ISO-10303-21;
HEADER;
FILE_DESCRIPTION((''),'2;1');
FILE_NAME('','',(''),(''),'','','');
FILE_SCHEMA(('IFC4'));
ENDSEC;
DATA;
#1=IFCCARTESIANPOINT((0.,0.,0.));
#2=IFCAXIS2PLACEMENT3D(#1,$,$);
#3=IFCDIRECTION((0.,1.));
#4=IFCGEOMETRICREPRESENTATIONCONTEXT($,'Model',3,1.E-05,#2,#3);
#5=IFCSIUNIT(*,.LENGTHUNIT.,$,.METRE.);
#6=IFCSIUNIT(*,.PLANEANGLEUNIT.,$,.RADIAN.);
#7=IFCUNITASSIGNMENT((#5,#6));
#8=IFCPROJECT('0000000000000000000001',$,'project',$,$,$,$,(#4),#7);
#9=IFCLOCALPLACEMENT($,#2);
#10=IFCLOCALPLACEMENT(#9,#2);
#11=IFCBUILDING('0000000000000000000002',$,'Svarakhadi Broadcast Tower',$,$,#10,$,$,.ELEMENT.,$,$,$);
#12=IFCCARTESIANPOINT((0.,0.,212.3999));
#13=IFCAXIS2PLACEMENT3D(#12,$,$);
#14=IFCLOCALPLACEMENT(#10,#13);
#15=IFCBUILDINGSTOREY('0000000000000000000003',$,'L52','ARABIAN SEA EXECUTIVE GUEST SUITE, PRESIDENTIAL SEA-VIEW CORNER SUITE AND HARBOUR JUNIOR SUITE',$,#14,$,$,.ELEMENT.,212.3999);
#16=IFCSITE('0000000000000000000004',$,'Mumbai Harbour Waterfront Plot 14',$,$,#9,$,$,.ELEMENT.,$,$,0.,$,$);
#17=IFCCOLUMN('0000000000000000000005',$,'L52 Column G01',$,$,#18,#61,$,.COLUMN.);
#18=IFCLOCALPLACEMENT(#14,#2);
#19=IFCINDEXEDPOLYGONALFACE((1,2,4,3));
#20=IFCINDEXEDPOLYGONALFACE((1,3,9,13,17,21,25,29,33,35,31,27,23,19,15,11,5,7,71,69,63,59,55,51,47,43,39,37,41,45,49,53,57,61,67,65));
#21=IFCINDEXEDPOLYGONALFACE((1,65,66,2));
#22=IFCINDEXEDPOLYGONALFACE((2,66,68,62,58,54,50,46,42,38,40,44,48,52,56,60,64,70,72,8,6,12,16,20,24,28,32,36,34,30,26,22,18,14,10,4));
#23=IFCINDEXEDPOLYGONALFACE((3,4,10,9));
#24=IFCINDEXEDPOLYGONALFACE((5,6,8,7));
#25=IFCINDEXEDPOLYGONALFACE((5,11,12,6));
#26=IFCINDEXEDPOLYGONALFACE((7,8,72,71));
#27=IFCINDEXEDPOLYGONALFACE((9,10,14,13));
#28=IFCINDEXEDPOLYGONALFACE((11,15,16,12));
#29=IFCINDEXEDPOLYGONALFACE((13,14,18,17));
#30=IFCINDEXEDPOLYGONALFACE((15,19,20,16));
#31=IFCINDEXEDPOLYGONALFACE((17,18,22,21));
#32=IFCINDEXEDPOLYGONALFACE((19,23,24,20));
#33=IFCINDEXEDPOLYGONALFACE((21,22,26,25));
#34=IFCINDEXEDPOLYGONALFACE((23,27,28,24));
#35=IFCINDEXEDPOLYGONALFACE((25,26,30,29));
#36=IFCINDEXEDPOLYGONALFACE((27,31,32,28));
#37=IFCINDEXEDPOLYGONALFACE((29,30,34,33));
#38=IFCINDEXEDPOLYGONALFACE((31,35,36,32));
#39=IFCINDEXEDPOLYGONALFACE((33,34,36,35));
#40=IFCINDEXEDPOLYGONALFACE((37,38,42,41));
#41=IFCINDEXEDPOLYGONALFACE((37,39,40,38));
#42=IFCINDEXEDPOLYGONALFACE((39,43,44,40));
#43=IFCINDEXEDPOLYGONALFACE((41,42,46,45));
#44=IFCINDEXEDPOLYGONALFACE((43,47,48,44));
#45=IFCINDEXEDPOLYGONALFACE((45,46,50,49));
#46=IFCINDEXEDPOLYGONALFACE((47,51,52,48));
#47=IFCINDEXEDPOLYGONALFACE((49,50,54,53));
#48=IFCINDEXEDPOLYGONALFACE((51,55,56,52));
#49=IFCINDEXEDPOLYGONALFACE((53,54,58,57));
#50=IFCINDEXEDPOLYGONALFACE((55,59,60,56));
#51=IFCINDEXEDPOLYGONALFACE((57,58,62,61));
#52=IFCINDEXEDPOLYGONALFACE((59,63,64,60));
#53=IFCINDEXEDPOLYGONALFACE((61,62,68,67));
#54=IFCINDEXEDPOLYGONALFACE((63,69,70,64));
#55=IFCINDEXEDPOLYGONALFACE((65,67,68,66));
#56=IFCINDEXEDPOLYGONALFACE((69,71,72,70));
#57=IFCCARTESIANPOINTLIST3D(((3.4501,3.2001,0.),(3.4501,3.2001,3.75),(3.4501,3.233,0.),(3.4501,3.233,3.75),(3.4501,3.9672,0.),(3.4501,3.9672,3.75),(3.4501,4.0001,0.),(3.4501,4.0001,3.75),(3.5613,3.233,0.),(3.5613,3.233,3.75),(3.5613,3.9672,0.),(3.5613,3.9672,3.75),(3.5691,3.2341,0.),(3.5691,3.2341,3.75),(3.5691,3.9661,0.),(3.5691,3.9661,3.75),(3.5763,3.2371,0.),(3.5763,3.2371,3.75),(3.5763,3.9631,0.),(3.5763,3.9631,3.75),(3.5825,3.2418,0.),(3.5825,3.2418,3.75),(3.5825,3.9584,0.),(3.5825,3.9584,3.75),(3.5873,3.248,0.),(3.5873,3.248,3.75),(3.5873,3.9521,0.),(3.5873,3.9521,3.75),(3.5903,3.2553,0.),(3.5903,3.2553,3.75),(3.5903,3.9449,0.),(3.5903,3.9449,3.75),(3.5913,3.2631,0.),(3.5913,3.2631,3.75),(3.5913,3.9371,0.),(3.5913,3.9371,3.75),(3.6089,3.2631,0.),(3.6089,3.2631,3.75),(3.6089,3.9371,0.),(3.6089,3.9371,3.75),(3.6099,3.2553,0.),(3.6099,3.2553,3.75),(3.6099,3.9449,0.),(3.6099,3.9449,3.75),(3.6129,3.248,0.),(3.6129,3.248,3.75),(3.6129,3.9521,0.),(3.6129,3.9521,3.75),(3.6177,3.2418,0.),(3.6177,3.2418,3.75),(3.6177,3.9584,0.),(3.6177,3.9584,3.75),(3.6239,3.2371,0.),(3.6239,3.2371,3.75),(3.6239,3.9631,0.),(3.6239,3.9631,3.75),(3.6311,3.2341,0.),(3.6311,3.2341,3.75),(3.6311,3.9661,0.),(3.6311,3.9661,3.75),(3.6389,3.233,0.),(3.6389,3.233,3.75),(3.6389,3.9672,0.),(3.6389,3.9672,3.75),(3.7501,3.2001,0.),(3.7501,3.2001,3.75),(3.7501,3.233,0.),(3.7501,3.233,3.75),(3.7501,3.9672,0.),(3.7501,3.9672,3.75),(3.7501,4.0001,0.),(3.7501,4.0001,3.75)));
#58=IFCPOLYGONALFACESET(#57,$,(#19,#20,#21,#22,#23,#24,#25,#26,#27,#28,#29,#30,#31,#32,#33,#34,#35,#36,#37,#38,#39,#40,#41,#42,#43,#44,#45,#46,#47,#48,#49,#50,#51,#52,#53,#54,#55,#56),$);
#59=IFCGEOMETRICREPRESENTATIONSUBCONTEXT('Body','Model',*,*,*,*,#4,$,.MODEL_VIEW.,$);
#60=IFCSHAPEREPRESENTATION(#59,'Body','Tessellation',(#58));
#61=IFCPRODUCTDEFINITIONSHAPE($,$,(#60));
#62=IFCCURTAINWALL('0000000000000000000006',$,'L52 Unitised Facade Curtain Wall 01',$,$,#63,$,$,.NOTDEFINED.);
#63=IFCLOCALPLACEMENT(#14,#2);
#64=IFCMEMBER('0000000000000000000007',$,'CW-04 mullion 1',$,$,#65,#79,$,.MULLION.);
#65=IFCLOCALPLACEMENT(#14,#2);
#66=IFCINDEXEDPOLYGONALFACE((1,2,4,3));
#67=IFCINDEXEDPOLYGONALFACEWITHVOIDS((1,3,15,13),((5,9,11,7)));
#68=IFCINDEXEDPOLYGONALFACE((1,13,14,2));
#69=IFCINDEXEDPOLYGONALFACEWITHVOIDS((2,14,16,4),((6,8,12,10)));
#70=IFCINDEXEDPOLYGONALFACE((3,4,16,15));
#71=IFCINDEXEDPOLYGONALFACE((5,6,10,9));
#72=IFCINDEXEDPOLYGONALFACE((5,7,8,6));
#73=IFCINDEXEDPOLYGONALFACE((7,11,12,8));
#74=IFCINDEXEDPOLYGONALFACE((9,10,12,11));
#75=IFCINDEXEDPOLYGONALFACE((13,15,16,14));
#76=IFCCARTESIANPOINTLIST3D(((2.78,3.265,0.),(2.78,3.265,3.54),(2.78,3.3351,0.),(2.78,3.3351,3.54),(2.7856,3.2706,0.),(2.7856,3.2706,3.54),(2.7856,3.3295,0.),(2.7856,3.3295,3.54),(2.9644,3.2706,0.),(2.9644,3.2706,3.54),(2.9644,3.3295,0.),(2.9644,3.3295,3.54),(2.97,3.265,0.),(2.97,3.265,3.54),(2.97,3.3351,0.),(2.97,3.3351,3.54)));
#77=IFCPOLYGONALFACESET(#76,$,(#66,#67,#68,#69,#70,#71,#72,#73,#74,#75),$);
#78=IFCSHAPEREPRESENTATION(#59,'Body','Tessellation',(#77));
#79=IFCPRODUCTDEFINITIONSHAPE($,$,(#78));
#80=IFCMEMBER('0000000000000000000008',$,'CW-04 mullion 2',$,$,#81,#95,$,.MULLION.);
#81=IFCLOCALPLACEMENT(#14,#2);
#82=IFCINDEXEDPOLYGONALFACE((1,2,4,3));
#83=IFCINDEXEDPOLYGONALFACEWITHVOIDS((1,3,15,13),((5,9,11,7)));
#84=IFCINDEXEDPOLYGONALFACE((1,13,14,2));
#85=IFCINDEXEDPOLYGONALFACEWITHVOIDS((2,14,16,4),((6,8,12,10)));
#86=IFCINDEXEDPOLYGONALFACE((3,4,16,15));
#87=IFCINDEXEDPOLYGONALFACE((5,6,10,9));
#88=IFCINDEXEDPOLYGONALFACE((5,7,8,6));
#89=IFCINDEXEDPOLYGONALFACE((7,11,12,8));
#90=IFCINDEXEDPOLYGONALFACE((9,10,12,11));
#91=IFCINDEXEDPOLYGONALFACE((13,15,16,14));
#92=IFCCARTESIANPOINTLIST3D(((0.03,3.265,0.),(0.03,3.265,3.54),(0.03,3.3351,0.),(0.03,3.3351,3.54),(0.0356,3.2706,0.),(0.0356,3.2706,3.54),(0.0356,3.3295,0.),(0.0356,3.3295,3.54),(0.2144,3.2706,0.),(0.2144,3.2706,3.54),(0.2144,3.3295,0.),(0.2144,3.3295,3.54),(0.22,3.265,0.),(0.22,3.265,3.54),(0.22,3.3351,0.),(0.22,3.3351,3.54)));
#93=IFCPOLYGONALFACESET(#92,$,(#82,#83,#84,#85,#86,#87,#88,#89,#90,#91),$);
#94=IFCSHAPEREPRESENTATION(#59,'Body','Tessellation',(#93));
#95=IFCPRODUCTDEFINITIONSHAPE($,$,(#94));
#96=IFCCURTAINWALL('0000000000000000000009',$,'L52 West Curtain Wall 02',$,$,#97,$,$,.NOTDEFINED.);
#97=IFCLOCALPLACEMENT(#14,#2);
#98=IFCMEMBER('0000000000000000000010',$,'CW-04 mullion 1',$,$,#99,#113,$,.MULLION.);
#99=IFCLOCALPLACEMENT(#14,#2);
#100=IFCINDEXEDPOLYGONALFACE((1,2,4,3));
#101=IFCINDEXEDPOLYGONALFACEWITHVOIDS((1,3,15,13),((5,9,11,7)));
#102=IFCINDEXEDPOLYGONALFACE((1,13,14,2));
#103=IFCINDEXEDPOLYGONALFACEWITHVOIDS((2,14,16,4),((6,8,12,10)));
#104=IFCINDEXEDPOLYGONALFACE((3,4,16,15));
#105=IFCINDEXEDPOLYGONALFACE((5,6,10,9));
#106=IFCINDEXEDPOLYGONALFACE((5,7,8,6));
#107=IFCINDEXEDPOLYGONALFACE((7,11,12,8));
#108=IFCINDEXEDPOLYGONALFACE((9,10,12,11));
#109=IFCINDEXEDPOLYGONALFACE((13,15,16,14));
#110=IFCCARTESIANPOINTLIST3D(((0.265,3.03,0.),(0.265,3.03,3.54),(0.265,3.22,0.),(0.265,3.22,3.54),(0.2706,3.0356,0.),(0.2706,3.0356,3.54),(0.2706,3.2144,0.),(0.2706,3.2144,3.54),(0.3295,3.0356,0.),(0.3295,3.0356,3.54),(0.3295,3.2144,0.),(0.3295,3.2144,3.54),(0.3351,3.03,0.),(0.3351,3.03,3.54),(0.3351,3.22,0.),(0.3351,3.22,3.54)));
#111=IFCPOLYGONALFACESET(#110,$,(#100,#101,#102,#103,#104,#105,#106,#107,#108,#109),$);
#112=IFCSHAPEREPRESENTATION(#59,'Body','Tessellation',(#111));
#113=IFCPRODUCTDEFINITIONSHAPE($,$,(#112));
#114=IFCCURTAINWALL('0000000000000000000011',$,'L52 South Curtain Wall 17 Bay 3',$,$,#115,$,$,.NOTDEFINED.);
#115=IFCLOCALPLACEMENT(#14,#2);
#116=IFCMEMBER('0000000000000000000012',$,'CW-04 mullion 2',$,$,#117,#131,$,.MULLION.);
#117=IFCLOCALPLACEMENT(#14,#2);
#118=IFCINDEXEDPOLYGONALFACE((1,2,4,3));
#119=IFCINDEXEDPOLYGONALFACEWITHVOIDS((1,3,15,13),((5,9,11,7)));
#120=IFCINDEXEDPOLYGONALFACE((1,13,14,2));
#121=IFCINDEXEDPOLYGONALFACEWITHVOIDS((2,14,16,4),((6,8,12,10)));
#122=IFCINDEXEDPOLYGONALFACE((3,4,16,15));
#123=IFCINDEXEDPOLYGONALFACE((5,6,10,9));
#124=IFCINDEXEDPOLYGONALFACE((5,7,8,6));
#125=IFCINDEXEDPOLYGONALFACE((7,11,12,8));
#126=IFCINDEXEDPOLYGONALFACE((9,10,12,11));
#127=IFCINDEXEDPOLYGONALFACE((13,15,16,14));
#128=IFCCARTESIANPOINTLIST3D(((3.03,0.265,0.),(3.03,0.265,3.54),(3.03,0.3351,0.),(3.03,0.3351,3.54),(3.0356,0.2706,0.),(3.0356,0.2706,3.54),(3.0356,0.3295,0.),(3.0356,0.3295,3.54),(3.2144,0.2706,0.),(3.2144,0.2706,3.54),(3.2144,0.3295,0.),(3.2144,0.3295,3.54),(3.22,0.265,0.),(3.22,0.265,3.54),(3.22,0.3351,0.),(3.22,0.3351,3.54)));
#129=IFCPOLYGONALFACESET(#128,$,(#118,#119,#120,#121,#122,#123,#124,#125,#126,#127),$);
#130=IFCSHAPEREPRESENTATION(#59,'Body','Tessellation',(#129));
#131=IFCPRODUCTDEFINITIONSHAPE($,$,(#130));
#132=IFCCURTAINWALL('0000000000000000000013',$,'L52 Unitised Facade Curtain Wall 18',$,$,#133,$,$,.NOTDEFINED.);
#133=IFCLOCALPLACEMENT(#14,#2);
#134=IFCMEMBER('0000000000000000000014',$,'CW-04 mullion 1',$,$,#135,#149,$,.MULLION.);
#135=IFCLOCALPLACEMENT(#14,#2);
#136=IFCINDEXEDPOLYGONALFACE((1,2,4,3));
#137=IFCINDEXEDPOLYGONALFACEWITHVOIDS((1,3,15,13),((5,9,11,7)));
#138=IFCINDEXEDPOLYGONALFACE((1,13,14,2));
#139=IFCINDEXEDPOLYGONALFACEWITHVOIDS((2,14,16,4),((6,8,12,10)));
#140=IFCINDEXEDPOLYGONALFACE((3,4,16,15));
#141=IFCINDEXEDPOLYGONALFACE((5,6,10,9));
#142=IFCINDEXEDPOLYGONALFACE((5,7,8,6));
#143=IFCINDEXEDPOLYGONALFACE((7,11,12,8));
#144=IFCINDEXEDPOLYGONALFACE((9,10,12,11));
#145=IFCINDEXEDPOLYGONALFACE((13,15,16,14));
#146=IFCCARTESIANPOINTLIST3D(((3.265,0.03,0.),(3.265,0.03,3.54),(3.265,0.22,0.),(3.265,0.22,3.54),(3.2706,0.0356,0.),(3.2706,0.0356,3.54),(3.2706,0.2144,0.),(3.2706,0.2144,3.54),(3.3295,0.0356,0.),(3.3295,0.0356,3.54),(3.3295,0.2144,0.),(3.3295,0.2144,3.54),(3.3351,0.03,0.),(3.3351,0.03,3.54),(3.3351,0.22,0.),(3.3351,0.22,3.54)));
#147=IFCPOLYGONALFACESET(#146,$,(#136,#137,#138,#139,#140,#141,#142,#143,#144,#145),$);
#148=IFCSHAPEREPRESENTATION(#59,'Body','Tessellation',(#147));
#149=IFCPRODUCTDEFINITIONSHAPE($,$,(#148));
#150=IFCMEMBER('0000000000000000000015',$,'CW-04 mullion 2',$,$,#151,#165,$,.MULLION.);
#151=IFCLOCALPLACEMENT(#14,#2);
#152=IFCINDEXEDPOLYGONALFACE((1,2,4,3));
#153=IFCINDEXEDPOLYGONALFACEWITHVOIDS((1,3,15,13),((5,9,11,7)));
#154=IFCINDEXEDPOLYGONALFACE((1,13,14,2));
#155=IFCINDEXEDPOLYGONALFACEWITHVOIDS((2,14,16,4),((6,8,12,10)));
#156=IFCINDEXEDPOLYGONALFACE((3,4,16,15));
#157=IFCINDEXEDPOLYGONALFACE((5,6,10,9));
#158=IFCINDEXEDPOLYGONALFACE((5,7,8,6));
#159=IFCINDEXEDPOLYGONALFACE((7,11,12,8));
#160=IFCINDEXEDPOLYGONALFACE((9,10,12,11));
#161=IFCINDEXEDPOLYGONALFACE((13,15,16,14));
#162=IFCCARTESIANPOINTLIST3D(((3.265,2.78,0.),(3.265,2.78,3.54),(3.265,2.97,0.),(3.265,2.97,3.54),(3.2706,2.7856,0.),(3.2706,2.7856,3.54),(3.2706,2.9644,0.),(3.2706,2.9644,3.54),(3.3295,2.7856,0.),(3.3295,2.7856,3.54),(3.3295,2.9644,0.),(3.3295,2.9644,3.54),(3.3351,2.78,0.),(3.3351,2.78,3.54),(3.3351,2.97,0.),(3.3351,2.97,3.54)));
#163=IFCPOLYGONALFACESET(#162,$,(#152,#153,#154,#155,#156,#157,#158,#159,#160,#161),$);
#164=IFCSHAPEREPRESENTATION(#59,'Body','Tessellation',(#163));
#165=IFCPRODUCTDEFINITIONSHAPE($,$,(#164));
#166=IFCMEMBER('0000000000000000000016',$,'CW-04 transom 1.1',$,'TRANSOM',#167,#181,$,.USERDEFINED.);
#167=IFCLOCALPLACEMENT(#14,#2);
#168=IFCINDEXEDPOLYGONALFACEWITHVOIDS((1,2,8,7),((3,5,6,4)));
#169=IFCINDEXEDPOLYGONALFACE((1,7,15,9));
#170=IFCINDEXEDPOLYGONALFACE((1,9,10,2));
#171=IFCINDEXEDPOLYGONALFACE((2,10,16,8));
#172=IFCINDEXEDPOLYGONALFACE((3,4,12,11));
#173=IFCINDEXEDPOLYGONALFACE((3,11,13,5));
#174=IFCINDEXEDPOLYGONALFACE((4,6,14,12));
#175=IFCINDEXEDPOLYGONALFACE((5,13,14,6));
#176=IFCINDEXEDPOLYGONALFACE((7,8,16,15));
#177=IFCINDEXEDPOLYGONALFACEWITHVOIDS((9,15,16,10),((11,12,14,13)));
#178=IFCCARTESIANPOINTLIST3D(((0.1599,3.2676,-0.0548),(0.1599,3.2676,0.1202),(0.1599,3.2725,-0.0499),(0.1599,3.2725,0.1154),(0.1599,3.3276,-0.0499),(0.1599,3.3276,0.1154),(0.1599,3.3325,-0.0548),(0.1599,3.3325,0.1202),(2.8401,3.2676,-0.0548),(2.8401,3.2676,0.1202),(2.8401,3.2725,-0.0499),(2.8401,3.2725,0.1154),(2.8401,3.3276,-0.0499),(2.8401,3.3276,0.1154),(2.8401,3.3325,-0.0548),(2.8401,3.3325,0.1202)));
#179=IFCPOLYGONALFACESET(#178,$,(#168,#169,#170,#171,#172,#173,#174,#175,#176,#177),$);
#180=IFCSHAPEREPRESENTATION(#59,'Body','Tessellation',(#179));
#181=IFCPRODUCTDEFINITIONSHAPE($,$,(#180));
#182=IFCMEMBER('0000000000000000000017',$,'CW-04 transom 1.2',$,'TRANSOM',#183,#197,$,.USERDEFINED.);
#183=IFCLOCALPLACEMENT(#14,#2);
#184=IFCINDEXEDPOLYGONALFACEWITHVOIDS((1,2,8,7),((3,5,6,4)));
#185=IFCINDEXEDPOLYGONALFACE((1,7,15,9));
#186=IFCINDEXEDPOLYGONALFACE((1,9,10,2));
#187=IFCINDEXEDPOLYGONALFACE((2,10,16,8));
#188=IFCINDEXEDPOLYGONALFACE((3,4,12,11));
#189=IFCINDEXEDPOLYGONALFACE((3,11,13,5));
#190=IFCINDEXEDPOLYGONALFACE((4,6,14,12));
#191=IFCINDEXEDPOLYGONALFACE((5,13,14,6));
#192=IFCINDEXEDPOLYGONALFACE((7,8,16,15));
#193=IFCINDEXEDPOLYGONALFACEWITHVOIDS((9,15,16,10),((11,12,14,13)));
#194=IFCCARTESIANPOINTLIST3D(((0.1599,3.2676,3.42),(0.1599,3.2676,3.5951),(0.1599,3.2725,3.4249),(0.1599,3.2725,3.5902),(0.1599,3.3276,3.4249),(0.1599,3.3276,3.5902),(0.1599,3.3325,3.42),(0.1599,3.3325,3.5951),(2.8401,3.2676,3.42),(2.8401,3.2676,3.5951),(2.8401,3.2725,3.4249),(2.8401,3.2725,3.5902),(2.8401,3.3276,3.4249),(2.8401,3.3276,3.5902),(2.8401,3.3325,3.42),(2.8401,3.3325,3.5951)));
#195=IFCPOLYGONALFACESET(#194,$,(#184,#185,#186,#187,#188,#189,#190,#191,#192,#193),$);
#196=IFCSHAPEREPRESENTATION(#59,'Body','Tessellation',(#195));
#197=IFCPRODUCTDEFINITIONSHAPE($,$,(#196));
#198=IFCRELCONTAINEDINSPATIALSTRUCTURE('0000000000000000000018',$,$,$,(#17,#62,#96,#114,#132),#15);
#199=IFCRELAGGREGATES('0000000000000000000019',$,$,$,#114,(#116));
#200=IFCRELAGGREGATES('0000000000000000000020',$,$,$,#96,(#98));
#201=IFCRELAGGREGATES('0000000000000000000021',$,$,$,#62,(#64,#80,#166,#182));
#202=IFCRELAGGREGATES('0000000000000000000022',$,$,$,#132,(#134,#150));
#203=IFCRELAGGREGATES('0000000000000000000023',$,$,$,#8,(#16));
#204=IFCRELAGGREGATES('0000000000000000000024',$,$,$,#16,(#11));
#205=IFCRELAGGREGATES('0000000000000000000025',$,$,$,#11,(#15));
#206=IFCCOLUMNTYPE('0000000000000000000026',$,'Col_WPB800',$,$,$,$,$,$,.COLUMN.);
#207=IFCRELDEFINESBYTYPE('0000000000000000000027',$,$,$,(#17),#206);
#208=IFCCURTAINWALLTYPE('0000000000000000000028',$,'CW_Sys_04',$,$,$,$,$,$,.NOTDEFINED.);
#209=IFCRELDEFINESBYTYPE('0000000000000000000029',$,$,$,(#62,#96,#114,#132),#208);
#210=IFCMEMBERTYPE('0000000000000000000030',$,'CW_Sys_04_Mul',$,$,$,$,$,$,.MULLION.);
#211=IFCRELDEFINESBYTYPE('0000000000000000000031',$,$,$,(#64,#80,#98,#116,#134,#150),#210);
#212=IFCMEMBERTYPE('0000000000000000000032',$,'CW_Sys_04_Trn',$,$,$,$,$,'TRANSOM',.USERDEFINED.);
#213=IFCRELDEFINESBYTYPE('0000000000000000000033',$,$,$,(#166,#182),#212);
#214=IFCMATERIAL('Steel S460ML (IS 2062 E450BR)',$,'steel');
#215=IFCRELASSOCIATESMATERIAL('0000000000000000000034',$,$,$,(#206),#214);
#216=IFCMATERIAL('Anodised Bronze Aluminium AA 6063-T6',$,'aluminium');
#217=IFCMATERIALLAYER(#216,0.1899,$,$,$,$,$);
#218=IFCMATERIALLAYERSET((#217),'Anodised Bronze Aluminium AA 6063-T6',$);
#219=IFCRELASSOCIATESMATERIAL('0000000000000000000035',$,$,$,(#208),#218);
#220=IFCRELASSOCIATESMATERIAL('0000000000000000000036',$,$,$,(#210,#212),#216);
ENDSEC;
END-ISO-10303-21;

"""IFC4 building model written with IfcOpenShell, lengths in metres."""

from ifc_helpers import new_model, si_unit, direction, frame, origin, origin_2d, place, context, subcontext, project, spatial, hollow_rectangle, i_section, extrude, material, layer, layer_set, material_profile, profile_set, type_object, element, aggregate, save


model = new_model("IFC4")

# Units and contexts
model_context = context("Model", 3, precision=1e-05, world=origin(), true_north=direction((0.0, 1.0)))
body_context = subcontext(model_context, "Body", "Model", "MODEL_VIEW")
ifc_project = project(units=[si_unit("LENGTHUNIT", "METRE"), si_unit("PLANEANGLEUNIT", "RADIAN")], contexts=[model_context])

# Site, building, storey
site_placement = place(None, origin())
site = spatial("IfcSite", under=ifc_project, at=site_placement, Name="Mumbai Harbour Waterfront Plot 14", CompositionType="ELEMENT", RefElevation=0.0)
building_placement = place(site_placement, origin())
building = spatial("IfcBuilding", under=site, at=building_placement, Name="Svarakhadi Broadcast Tower", CompositionType="ELEMENT")
storey_placement = place(building_placement, frame((0.0, 0.0, 212.3999)))
storey = spatial("IfcBuildingStorey", under=building, at=storey_placement, Name="L52", Description="ARABIAN SEA EXECUTIVE GUEST SUITE, PRESIDENTIAL SEA-VIEW CORNER SUITE AND HARBOUR JUNIOR SUITE", CompositionType="ELEMENT", Elevation=212.3999)

# Column
ifc_material_1 = material(Name="Steel S460ML (IS 2062 E450BR)", Category="steel")
ifc_material_profile_1 = material_profile(ifc_material_1, i_section(OverallWidth=0.3, OverallDepth=0.8, WebThickness=0.0176, FlangeThickness=0.033, FilletRadius=0.03, at=origin_2d()), Name="WPB 800x300x262")
ifc_profile_set_1 = profile_set([ifc_material_profile_1], Name="Steel S460ML (IS 2062 E450BR)")
column_type = type_object("IfcColumnType", Name="Col_WPB800", PredefinedType="COLUMN", material=ifc_profile_set_1)
column_placement = place(storey_placement, frame((3.6001, 3.6001, 0.0), z_axis=(0.0, 0.0, 1.0), x_axis=(1.0, 0.0, 0.0)))
element("IfcColumn", 1, at=column_placement, inside=storey, type_object=column_type, Name="L52 Column G01", PredefinedType="COLUMN", context=body_context, shape_type="SweptSolid", body=[
    extrude(i_section(OverallWidth=0.3, OverallDepth=0.8, WebThickness=0.0176, FlangeThickness=0.033, FilletRadius=0.03, at=origin_2d()), origin(), (0.0, 0.0, 1.0), 3.75),
])

# Curtain wall, members
ifc_material_2 = material(Name="Anodised Bronze Aluminium AA 6063-T6", Category="aluminium")
ifc_layer_1 = layer(ifc_material_2, 0.1899)
ifc_layer_set_1 = layer_set([ifc_layer_1], Name="Anodised Bronze Aluminium AA 6063-T6")
curtain_wall_type = type_object("IfcCurtainWallType", Name="CW_Sys_04", PredefinedType="NOTDEFINED", material=ifc_layer_set_1)
curtain_wall_1_placement = place(storey_placement, origin())
curtain_wall_1 = element("IfcCurtainWall", 2, at=curtain_wall_1_placement, inside=storey, type_object=curtain_wall_type, Name="L52 Unitised Facade Curtain Wall 01", PredefinedType="NOTDEFINED")
ifc_material_profile_2 = material_profile(ifc_material_2, hollow_rectangle(XDim=0.0701, YDim=0.1899, WallThickness=0.0056, at=origin_2d()), Name="ALU MULLION 190x70x6")
ifc_profile_set_2 = profile_set([ifc_material_profile_2], Name="Anodised Bronze Aluminium AA 6063-T6")
member_type_1 = type_object("IfcMemberType", Name="CW_Sys_04_Mul", PredefinedType="MULLION", material=ifc_profile_set_2)
member_1_placement = place(storey_placement, frame((2.875, 3.3, 0.0), z_axis=(0.0, 0.0, 1.0), x_axis=(0.0, -1.0, 0.0)))
member_1 = element("IfcMember", 3, at=member_1_placement, type_object=member_type_1, Name="CW-04 mullion 1", PredefinedType="MULLION", context=body_context, shape_type="SweptSolid", body=[
    extrude(hollow_rectangle(XDim=0.0701, YDim=0.1899, WallThickness=0.0056, at=origin_2d()), origin(), (0.0, 0.0, 1.0), 3.54),
])
member_2_placement = place(storey_placement, frame((0.125, 3.3, 0.0), z_axis=(0.0, 0.0, 1.0), x_axis=(0.0, -1.0, 0.0)))
member_2 = element("IfcMember", 4, at=member_2_placement, type_object=member_type_1, Name="CW-04 mullion 2", PredefinedType="MULLION", context=body_context, shape_type="SweptSolid", body=[
    extrude(hollow_rectangle(XDim=0.0701, YDim=0.1899, WallThickness=0.0056, at=origin_2d()), origin(), (0.0, 0.0, 1.0), 3.54),
])

# Curtain walls, members
curtain_wall_2_placement = place(storey_placement, origin())
curtain_wall_2 = element("IfcCurtainWall", 5, at=curtain_wall_2_placement, inside=storey, type_object=curtain_wall_type, Name="L52 West Curtain Wall 02", PredefinedType="NOTDEFINED")
member_3_placement = place(storey_placement, frame((0.3, 3.125, 0.0), z_axis=(0.0, 0.0, 1.0), x_axis=(-1.0, 0.0, 0.0)))
member_3 = element("IfcMember", 6, at=member_3_placement, type_object=member_type_1, Name="CW-04 mullion 1", PredefinedType="MULLION", context=body_context, shape_type="SweptSolid", body=[
    extrude(hollow_rectangle(XDim=0.0701, YDim=0.1899, WallThickness=0.0056, at=origin_2d()), origin(), (0.0, 0.0, 1.0), 3.54),
])
curtain_wall_3_placement = place(storey_placement, origin())
curtain_wall_3 = element("IfcCurtainWall", 7, at=curtain_wall_3_placement, inside=storey, type_object=curtain_wall_type, Name="L52 South Curtain Wall 17 Bay 3", PredefinedType="NOTDEFINED")
member_4_placement = place(storey_placement, frame((3.125, 0.3, 0.0), z_axis=(0.0, 0.0, 1.0), x_axis=(0.0, -1.0, 0.0)))
member_4 = element("IfcMember", 8, at=member_4_placement, type_object=member_type_1, Name="CW-04 mullion 2", PredefinedType="MULLION", context=body_context, shape_type="SweptSolid", body=[
    extrude(hollow_rectangle(XDim=0.0701, YDim=0.1899, WallThickness=0.0056, at=origin_2d()), origin(), (0.0, 0.0, 1.0), 3.54),
])
aggregate(curtain_wall_3, [member_4])

# Curtain wall, members
curtain_wall_4_placement = place(storey_placement, origin())
curtain_wall_4 = element("IfcCurtainWall", 9, at=curtain_wall_4_placement, inside=storey, type_object=curtain_wall_type, Name="L52 Unitised Facade Curtain Wall 18", PredefinedType="NOTDEFINED")
member_5_placement = place(storey_placement, frame((3.3, 0.125, 0.0), z_axis=(0.0, 0.0, 1.0), x_axis=(-1.0, 0.0, 0.0)))
member_5 = element("IfcMember", 10, at=member_5_placement, type_object=member_type_1, Name="CW-04 mullion 1", PredefinedType="MULLION", context=body_context, shape_type="SweptSolid", body=[
    extrude(hollow_rectangle(XDim=0.0701, YDim=0.1899, WallThickness=0.0056, at=origin_2d()), origin(), (0.0, 0.0, 1.0), 3.54),
])
member_6_placement = place(storey_placement, frame((3.3, 2.875, 0.0), z_axis=(0.0, 0.0, 1.0), x_axis=(-1.0, 0.0, 0.0)))
member_6 = element("IfcMember", 11, at=member_6_placement, type_object=member_type_1, Name="CW-04 mullion 2", PredefinedType="MULLION", context=body_context, shape_type="SweptSolid", body=[
    extrude(hollow_rectangle(XDim=0.0701, YDim=0.1899, WallThickness=0.0056, at=origin_2d()), origin(), (0.0, 0.0, 1.0), 3.54),
])

# Members
ifc_material_profile_3 = material_profile(ifc_material_2, hollow_rectangle(XDim=0.0649, YDim=0.175, WallThickness=0.0049, at=origin_2d()), Name="ALU TRANSOM 175x65x5")
ifc_profile_set_3 = profile_set([ifc_material_profile_3], Name="Anodised Bronze Aluminium AA 6063-T6")
member_type_2 = type_object("IfcMemberType", Name="CW_Sys_04_Trn", ElementType="TRANSOM", PredefinedType="USERDEFINED", material=ifc_profile_set_3)
member_7_placement = place(storey_placement, frame((2.8401, 3.3, 0.0327), z_axis=(-1.0, 0.0, 0.0), x_axis=(0.0, -1.0, 0.0)))
member_7 = element("IfcMember", 12, at=member_7_placement, type_object=member_type_2, Name="CW-04 transom 1.1", ObjectType="TRANSOM", PredefinedType="USERDEFINED", context=body_context, shape_type="SweptSolid", body=[
    extrude(hollow_rectangle(XDim=0.0649, YDim=0.175, WallThickness=0.0049, at=origin_2d()), origin(), (0.0, 0.0, 1.0), 2.6802),
])
member_8_placement = place(storey_placement, frame((2.8401, 3.3, 3.5076), z_axis=(-1.0, 0.0, 0.0), x_axis=(0.0, -1.0, 0.0)))
member_8 = element("IfcMember", 13, at=member_8_placement, type_object=member_type_2, Name="CW-04 transom 1.2", ObjectType="TRANSOM", PredefinedType="USERDEFINED", context=body_context, shape_type="SweptSolid", body=[
    extrude(hollow_rectangle(XDim=0.0649, YDim=0.175, WallThickness=0.0049, at=origin_2d()), origin(), (0.0, 0.0, 1.0), 2.6802),
])
aggregate(curtain_wall_2, [member_3])

aggregate(curtain_wall_1, [member_1, member_2, member_7, member_8])
aggregate(curtain_wall_4, [member_5, member_6])

save(model, "model.ifc")
